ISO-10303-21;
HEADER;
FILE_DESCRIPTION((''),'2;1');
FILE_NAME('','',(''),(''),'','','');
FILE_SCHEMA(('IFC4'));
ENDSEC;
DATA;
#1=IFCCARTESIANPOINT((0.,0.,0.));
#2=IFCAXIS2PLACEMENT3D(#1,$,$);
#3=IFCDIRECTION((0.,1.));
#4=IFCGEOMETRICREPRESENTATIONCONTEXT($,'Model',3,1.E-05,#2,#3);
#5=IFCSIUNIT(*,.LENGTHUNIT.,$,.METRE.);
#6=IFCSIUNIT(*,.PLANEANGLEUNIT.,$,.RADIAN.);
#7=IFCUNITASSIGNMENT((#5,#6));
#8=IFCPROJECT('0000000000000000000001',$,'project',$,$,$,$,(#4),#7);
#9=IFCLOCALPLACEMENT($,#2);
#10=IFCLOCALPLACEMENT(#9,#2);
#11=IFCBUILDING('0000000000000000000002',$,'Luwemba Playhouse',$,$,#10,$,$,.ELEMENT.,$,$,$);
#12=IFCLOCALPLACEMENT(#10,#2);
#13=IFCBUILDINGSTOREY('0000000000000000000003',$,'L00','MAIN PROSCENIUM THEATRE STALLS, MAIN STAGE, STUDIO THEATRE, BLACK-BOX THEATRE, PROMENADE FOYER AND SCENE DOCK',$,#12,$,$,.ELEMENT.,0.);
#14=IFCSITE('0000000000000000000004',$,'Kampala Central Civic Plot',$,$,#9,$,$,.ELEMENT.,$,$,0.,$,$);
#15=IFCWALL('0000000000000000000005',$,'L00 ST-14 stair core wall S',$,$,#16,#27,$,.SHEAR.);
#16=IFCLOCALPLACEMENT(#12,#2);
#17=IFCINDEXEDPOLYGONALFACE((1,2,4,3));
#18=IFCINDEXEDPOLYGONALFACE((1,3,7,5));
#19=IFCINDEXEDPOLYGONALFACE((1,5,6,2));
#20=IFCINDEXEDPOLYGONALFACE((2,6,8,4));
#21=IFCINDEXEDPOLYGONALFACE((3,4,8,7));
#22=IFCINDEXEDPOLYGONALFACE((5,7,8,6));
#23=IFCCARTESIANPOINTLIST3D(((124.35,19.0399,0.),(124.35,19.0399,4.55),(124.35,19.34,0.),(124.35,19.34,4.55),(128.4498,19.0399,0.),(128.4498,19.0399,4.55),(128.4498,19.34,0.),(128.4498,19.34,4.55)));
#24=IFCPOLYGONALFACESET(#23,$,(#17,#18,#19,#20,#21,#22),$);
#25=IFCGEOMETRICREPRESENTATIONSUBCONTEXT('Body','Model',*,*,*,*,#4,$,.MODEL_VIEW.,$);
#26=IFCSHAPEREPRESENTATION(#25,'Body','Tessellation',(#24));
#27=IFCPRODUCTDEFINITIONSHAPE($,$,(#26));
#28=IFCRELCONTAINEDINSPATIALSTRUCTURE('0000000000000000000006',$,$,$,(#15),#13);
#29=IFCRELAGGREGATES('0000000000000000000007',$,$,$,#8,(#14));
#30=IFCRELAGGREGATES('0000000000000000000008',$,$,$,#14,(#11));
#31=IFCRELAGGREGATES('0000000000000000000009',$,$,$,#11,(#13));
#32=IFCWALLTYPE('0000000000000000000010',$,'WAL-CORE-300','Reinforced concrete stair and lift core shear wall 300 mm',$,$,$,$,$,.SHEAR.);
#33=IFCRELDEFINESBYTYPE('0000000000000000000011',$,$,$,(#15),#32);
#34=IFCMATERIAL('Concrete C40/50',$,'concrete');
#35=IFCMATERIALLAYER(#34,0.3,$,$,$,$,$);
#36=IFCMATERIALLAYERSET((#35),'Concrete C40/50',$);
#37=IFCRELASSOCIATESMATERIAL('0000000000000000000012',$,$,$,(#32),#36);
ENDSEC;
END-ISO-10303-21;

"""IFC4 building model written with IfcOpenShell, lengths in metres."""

from ifc_helpers import new_model, si_unit, direction, frame, frame_2d, origin, place, context, subcontext, project, spatial, rectangle, extrude, material, layer, layer_set, type_object, element, save


model = new_model("IFC4")

# Units and contexts
model_context = context("Model", 3, precision=1e-05, world=origin(), true_north=direction((0.0, 1.0)))
body_context = subcontext(model_context, "Body", "Model", "MODEL_VIEW")
ifc_project = project(units=[si_unit("LENGTHUNIT", "METRE"), si_unit("PLANEANGLEUNIT", "RADIAN")], contexts=[model_context])

# Site, building, storey
site_placement = place(None, origin())
site = spatial("IfcSite", under=ifc_project, at=site_placement, Name="Kampala Central Civic Plot", CompositionType="ELEMENT", RefElevation=0.0)
building_placement = place(site_placement, origin())
building = spatial("IfcBuilding", under=site, at=building_placement, Name="Luwemba Playhouse", CompositionType="ELEMENT")
storey_placement = place(building_placement, origin())
storey = spatial("IfcBuildingStorey", under=building, at=storey_placement, Name="L00", Description="MAIN PROSCENIUM THEATRE STALLS, MAIN STAGE, STUDIO THEATRE, BLACK-BOX THEATRE, PROMENADE FOYER AND SCENE DOCK", CompositionType="ELEMENT", Elevation=0.0)

# Shared definitions
ifc_material_1 = material(Name="Concrete C40/50", Category="concrete")

# Wall
ifc_layer_1 = layer(ifc_material_1, 0.3)
ifc_layer_set_1 = layer_set([ifc_layer_1], Name="Concrete C40/50")
wall_type = type_object("IfcWallType", Name="WAL-CORE-300", Description="Reinforced concrete stair and lift core shear wall 300 mm", PredefinedType="SHEAR", material=ifc_layer_set_1)
wall_placement = place(storey_placement, frame((124.3501, 19.1899, 0.0), z_axis=(0.0, 0.0, 1.0), x_axis=(1.0, 0.0, 0.0)))
element("IfcWall", 1, at=wall_placement, inside=storey, type_object=wall_type, Name="L00 ST-14 stair core wall S", PredefinedType="SHEAR", context=body_context, shape_type="SweptSolid", body=[
    extrude(rectangle(XDim=4.0999, YDim=0.3, at=frame_2d((2.0498, 0.0))), origin(), (0.0, 0.0, 1.0), 4.55),
])

save(model, "model.ifc")
